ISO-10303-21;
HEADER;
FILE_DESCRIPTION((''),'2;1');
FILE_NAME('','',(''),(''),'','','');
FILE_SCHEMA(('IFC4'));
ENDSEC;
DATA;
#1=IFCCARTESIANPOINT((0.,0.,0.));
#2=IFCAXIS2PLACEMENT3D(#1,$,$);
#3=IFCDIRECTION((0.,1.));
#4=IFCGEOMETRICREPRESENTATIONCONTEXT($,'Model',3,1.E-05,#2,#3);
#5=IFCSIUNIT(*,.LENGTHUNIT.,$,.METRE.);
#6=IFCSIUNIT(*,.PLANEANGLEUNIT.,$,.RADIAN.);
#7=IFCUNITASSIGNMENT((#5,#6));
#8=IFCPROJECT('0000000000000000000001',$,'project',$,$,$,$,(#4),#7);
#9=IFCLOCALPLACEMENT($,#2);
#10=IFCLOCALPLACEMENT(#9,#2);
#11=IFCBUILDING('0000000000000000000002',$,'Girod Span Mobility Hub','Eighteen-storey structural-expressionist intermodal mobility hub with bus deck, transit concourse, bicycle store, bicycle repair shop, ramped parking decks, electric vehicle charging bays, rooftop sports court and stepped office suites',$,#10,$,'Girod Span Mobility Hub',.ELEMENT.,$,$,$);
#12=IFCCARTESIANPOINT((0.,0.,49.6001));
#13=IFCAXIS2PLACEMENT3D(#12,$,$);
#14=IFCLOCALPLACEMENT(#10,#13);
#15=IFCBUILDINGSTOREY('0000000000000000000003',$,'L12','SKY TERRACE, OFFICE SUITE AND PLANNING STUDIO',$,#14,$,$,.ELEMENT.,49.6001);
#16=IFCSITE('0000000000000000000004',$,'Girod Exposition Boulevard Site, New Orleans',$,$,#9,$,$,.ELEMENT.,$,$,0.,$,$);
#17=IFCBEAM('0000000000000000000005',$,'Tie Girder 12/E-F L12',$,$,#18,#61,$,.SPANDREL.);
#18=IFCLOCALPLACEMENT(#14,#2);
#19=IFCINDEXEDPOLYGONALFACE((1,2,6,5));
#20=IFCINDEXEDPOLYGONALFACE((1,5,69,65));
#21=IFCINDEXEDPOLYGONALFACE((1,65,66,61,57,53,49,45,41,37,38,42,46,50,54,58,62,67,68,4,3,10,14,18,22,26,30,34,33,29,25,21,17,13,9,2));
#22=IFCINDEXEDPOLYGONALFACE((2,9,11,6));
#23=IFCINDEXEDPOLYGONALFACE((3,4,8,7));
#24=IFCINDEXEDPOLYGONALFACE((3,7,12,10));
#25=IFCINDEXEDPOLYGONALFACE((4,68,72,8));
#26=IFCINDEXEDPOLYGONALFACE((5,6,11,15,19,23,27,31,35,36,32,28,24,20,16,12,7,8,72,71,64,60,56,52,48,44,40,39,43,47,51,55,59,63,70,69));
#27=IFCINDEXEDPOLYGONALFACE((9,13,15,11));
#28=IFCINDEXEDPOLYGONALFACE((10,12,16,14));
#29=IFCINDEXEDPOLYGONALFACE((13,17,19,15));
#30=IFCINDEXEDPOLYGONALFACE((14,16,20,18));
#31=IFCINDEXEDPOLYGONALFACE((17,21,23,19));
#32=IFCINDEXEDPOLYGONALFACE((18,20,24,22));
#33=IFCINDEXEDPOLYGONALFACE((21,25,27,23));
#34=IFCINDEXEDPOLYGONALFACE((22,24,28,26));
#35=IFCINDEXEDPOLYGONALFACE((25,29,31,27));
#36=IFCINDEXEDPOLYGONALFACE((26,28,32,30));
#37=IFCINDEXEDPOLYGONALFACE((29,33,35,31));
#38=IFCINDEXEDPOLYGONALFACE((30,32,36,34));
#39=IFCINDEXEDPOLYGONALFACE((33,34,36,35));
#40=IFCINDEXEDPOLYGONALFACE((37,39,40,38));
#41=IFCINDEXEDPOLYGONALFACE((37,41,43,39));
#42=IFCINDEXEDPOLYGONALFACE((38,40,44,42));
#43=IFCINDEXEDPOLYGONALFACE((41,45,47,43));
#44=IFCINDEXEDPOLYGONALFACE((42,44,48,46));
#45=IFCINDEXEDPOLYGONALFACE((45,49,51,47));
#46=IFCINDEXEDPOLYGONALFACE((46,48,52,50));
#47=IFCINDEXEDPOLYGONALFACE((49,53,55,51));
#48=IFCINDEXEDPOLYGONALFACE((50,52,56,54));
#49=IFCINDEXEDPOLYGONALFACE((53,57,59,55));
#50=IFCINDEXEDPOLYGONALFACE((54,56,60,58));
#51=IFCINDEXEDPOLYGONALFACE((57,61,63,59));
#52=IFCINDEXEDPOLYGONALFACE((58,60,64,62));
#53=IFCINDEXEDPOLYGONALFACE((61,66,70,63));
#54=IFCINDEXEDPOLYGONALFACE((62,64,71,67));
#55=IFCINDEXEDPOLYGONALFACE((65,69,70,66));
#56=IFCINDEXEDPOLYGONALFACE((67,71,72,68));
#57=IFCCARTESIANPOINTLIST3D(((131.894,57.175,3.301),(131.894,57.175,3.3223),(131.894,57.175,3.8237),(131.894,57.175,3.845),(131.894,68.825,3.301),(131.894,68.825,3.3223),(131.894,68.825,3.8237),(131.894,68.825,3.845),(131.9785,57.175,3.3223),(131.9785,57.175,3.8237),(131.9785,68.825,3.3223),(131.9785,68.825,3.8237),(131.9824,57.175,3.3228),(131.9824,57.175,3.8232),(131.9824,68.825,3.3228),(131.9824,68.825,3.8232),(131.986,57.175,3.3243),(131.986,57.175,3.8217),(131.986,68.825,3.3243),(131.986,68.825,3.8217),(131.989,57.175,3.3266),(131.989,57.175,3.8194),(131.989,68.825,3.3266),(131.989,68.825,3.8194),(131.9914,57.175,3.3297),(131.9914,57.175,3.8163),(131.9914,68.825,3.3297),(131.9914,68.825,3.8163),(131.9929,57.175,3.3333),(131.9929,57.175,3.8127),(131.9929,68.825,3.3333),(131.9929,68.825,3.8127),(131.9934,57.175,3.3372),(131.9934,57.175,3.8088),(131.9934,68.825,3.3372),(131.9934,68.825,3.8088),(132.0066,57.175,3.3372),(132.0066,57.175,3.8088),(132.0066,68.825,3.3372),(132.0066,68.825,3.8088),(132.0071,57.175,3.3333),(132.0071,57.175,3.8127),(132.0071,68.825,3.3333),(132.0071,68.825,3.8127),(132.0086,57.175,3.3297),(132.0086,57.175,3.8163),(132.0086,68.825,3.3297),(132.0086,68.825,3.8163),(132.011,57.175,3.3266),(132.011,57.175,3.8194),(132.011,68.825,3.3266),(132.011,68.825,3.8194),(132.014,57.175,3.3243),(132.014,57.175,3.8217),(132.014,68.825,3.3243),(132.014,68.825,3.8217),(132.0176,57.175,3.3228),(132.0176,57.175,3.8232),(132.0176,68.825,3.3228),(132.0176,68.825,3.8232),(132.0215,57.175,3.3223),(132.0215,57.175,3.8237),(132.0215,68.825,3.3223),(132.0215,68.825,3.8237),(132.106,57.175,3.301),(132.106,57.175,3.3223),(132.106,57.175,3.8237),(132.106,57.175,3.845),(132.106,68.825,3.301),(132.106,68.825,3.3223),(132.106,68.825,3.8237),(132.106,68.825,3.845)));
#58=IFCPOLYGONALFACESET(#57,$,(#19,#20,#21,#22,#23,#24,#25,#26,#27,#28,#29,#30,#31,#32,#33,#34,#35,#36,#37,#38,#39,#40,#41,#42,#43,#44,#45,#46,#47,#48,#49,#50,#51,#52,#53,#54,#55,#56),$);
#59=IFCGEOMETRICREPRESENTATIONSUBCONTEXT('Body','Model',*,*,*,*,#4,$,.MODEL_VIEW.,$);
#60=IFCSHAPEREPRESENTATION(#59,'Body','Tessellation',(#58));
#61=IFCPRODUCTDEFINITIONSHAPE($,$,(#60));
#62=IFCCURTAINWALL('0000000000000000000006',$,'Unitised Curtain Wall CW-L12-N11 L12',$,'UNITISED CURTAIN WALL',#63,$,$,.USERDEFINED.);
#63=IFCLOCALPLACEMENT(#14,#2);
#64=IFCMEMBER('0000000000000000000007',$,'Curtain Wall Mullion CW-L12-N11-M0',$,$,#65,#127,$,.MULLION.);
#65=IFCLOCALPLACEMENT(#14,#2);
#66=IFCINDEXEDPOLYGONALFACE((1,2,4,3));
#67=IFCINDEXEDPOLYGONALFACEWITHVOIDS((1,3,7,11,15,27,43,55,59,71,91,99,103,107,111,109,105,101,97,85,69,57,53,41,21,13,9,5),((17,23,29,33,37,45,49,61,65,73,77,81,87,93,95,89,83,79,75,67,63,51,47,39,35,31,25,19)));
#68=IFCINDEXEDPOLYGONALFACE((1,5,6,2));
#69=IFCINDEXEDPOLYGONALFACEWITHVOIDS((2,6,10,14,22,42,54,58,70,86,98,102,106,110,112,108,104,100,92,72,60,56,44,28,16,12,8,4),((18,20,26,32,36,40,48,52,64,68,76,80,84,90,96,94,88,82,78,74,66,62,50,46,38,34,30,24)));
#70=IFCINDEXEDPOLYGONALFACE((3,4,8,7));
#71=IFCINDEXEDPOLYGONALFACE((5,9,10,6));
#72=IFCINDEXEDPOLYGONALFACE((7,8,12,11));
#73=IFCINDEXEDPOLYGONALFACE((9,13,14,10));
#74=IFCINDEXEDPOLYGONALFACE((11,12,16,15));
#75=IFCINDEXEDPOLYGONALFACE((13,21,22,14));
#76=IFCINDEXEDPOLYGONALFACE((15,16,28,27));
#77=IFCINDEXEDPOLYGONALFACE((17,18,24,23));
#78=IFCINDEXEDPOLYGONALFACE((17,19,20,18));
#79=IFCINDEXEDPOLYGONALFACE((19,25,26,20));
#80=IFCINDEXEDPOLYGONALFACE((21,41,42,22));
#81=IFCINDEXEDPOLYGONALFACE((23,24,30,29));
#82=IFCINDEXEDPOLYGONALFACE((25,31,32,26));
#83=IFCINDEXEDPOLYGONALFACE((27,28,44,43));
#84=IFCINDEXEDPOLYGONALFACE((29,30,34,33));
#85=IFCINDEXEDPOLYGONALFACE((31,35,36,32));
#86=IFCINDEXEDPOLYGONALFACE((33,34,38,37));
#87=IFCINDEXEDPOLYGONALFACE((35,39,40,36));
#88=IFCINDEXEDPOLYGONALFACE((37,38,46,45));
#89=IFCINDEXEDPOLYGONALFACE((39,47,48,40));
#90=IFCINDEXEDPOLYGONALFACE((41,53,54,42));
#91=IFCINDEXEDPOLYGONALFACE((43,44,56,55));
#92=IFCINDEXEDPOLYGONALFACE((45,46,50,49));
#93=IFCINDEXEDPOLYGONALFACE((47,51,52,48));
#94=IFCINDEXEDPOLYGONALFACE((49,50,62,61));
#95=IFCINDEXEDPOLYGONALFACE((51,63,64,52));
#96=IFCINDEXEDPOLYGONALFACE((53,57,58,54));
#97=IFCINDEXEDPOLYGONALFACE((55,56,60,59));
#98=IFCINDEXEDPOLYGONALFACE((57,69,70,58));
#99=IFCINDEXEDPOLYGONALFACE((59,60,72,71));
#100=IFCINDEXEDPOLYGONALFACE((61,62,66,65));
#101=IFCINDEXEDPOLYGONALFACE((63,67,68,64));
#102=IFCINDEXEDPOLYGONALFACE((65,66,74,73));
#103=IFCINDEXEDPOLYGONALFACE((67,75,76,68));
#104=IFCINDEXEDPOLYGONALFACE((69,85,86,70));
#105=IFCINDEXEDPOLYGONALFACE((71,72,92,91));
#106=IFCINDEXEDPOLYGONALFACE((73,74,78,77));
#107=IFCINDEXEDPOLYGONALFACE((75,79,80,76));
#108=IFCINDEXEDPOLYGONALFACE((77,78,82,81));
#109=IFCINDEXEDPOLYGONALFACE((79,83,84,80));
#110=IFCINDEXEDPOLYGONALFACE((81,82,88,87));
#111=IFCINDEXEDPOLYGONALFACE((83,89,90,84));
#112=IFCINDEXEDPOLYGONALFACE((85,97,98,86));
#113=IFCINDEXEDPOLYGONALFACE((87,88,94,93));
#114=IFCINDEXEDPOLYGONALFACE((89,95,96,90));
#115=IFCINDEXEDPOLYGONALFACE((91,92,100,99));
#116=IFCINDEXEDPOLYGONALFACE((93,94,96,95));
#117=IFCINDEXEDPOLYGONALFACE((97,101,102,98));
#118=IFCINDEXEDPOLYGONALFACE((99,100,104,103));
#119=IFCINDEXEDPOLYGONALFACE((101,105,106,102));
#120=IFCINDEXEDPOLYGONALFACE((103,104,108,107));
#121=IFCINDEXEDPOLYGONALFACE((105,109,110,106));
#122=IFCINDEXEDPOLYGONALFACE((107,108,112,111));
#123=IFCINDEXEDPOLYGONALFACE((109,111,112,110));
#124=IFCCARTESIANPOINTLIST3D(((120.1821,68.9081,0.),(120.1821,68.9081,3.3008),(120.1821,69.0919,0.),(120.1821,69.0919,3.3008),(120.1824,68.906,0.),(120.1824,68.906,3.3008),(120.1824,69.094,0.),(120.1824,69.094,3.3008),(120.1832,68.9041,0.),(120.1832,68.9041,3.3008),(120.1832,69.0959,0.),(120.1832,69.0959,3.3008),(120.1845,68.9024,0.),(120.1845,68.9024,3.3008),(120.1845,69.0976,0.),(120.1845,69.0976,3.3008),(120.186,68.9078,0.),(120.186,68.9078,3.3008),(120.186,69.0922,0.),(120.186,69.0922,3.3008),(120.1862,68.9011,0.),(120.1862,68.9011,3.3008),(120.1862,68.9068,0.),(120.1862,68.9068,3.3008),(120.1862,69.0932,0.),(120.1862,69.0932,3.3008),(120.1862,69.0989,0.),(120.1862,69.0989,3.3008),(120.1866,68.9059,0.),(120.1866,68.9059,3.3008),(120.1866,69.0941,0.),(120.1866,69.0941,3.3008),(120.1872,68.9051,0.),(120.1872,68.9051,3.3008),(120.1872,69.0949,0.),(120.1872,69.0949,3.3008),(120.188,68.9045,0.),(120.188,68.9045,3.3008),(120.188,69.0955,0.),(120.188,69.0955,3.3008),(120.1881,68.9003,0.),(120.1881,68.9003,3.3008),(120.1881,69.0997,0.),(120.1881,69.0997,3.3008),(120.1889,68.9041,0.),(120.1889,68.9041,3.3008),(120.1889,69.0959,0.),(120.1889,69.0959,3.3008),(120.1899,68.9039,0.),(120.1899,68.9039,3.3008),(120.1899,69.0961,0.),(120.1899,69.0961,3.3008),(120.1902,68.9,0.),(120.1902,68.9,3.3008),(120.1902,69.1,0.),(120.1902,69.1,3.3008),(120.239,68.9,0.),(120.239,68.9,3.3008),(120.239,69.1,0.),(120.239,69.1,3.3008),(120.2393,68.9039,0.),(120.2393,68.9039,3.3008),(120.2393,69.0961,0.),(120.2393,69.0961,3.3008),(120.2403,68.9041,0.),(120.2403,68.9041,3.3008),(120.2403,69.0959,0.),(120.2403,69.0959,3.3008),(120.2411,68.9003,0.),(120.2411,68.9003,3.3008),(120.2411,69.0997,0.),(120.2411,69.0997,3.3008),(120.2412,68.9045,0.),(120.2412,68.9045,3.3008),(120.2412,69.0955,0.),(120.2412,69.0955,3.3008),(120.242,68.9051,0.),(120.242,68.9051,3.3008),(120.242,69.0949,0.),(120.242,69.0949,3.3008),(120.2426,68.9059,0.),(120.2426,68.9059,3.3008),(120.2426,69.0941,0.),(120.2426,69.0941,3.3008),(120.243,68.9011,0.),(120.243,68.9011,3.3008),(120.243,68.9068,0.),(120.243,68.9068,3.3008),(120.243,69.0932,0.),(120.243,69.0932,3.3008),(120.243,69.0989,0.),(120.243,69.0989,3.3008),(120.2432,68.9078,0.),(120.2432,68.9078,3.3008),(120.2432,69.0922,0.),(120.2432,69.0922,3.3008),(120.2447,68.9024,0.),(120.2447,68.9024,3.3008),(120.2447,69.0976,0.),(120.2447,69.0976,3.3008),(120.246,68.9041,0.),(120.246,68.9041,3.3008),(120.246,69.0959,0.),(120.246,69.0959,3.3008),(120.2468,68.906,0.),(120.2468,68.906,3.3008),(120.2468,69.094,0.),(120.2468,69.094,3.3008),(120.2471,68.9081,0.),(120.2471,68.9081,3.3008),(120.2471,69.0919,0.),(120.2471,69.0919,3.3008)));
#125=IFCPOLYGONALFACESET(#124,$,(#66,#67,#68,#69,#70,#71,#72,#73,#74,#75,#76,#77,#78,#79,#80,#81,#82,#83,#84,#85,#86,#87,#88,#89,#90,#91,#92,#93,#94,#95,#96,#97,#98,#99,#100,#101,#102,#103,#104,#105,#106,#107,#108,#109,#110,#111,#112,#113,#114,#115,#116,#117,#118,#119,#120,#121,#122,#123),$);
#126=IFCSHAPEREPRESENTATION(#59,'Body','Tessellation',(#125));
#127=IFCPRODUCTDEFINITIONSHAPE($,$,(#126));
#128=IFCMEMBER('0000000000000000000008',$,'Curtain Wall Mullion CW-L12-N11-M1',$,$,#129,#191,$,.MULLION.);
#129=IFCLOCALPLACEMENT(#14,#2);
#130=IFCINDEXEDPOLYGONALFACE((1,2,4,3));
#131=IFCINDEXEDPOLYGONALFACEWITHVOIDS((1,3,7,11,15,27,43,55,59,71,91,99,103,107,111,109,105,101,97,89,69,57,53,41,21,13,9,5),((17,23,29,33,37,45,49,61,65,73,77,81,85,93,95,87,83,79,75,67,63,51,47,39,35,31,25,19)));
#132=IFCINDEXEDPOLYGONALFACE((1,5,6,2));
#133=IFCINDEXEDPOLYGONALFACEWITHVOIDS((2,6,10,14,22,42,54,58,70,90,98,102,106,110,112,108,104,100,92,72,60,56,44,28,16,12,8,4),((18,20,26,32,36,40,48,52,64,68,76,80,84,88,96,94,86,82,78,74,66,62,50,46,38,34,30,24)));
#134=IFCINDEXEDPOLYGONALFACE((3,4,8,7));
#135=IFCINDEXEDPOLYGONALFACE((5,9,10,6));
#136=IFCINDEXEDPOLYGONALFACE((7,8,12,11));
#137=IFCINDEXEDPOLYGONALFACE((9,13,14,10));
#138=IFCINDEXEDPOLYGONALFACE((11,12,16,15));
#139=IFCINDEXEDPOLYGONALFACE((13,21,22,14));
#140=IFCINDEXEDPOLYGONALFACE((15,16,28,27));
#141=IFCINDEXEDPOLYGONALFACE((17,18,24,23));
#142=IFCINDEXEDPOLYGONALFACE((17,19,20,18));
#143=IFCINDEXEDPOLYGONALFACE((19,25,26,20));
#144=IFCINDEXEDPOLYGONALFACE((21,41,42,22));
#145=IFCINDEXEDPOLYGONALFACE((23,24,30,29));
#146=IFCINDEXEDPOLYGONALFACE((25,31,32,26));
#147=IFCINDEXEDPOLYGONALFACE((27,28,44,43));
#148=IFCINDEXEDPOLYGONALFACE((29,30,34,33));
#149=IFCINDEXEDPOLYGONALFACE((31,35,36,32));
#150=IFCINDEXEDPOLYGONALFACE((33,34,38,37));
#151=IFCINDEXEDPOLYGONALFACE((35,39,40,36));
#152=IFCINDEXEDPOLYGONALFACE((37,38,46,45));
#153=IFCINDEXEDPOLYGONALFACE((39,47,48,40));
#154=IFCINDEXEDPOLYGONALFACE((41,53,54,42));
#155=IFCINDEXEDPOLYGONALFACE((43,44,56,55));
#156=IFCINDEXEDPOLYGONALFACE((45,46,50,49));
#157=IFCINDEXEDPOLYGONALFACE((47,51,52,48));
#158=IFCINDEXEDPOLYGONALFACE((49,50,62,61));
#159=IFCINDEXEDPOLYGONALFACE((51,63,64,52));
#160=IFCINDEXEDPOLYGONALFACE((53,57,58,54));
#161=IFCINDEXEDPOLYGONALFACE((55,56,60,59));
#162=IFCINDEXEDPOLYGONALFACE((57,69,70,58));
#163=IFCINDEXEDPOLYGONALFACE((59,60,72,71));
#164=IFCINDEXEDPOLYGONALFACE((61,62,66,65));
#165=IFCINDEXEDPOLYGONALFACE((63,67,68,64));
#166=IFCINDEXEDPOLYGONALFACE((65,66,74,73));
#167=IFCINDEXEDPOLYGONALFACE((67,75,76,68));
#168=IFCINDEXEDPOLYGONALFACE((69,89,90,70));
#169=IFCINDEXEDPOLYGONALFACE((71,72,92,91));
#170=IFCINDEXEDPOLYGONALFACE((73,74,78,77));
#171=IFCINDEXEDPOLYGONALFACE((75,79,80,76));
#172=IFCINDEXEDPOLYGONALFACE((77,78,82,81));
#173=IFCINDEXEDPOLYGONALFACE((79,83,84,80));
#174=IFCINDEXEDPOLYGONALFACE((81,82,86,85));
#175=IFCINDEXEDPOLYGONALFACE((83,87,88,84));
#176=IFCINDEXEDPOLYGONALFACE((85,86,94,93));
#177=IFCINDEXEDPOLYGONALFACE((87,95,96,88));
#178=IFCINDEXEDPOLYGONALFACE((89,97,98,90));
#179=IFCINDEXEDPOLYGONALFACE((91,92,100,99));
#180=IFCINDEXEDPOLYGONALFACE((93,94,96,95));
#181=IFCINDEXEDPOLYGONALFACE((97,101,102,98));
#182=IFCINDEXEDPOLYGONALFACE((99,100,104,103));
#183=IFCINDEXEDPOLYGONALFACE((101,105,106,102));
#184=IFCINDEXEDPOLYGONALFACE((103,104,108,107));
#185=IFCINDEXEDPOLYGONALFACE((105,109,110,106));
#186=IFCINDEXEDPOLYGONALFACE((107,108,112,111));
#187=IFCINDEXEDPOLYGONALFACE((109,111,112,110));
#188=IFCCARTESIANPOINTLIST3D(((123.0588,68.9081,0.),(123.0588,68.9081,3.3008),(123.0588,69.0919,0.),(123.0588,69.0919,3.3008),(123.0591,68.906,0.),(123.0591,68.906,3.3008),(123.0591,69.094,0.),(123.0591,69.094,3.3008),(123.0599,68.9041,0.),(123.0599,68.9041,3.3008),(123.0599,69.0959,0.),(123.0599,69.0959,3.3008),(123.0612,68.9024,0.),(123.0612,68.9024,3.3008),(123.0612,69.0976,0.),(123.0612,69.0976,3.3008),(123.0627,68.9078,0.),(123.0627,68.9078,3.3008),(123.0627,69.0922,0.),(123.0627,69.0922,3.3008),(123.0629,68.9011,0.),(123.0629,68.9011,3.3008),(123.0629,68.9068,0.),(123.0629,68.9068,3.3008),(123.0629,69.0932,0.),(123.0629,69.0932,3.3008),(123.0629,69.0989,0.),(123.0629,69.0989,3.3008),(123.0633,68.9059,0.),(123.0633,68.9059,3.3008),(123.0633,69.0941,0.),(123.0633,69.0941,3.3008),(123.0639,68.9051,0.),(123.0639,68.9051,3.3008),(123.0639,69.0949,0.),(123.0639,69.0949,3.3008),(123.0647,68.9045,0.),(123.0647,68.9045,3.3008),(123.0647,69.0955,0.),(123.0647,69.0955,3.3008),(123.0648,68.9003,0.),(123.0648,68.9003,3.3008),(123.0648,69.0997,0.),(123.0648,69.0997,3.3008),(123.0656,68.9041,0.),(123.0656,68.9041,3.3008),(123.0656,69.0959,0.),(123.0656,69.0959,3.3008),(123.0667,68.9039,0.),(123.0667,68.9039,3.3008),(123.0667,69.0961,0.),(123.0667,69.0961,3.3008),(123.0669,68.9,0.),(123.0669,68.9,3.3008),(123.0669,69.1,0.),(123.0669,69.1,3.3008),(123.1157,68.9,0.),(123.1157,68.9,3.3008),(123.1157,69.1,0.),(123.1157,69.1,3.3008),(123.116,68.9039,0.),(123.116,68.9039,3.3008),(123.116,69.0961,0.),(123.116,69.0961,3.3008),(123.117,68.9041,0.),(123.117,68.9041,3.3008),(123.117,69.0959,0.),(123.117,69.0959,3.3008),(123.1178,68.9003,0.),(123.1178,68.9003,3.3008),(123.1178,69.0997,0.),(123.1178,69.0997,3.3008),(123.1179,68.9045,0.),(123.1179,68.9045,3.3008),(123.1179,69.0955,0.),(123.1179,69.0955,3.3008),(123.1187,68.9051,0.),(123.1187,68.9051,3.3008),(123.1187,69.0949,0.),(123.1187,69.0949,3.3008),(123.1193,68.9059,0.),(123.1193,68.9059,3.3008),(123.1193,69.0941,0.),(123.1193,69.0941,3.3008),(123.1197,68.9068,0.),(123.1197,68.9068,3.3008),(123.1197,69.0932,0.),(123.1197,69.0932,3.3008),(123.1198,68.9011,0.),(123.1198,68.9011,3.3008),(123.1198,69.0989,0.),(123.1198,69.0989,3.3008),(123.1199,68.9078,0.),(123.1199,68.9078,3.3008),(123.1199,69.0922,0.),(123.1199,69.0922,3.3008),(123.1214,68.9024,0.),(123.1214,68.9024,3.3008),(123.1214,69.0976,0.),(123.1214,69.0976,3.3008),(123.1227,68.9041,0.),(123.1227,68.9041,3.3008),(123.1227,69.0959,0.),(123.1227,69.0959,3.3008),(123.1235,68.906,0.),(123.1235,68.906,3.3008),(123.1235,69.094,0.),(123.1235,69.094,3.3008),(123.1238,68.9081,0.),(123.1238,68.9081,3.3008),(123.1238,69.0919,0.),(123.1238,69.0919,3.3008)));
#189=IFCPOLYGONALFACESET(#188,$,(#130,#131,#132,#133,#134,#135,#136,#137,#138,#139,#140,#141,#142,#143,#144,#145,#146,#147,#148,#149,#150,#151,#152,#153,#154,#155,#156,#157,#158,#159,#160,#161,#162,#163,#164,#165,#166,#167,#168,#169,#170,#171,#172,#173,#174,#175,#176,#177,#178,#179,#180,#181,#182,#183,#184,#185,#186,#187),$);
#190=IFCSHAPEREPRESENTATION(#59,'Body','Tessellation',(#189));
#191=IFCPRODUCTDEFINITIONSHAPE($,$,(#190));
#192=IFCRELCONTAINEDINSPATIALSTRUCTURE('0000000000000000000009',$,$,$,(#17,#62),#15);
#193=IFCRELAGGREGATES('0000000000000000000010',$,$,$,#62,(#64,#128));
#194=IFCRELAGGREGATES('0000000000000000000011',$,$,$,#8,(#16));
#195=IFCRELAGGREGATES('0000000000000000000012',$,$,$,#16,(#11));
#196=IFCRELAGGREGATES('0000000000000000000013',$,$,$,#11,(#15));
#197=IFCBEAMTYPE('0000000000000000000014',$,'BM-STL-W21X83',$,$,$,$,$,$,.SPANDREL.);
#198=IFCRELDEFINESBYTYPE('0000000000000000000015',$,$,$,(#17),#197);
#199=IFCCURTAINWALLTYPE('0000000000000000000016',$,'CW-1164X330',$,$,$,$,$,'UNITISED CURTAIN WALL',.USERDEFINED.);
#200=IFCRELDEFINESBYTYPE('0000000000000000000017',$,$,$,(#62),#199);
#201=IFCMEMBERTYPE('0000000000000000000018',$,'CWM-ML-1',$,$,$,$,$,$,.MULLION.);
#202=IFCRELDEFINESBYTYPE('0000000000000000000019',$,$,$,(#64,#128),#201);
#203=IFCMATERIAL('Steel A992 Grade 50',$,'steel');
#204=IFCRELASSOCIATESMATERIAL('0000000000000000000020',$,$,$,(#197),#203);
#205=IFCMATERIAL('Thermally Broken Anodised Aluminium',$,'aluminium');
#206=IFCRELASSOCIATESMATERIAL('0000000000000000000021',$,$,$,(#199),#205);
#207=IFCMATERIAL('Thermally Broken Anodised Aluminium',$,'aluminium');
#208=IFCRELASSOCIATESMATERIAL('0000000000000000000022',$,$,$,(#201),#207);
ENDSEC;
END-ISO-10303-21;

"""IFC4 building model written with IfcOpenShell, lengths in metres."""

from ifc_helpers import new_model, si_unit, direction, frame, origin, origin_2d, place, context, subcontext, project, spatial, hollow_rectangle, i_section, extrude, material, material_profile, profile_set, type_object, element, aggregate, save


model = new_model("IFC4")

# Units and contexts
model_context = context("Model", 3, precision=1e-05, world=origin(), true_north=direction((0.0, 1.0)))
body_context = subcontext(model_context, "Body", "Model", "MODEL_VIEW")
ifc_project = project(units=[si_unit("LENGTHUNIT", "METRE"), si_unit("PLANEANGLEUNIT", "RADIAN")], contexts=[model_context])

# Site, building, storey
site_placement = place(None, origin())
site = spatial("IfcSite", under=ifc_project, at=site_placement, Name="Girod Exposition Boulevard Site, New Orleans", CompositionType="ELEMENT", RefElevation=0.0)
building_placement = place(site_placement, origin())
building = spatial("IfcBuilding", under=site, at=building_placement, Name="Girod Span Mobility Hub", Description="Eighteen-storey structural-expressionist intermodal mobility hub with bus deck, transit concourse, bicycle store, bicycle repair shop, ramped parking decks, electric vehicle charging bays, rooftop sports court and stepped office suites", LongName="Girod Span Mobility Hub", CompositionType="ELEMENT")
storey_placement = place(building_placement, frame((0.0, 0.0, 49.6001)))
storey = spatial("IfcBuildingStorey", under=building, at=storey_placement, Name="L12", Description="SKY TERRACE, OFFICE SUITE AND PLANNING STUDIO", CompositionType="ELEMENT", Elevation=49.6001)

# Beam
ifc_material_1 = material(Name="Steel A992 Grade 50", Category="steel")
ifc_material_profile_1 = material_profile(ifc_material_1, i_section(OverallWidth=0.2119, OverallDepth=0.5439, WebThickness=0.0132, FlangeThickness=0.0212, FilletRadius=0.0149, at=origin_2d()), Name="W21X83")
ifc_profile_set_1 = profile_set([ifc_material_profile_1], Name="Steel A992 Grade 50")
beam_type_1 = type_object("IfcBeamType", Name="BM-STL-W21X83", PredefinedType="SPANDREL", material=ifc_profile_set_1)
beam_1_placement = place(storey_placement, frame((132.0, 57.175, 3.573), z_axis=(0.0, 1.0, 0.0), x_axis=(-1.0, 0.0, 0.0)))
element("IfcBeam", 1, at=beam_1_placement, inside=storey, type_object=beam_type_1, Name="Tie Girder 12/E-F L12", PredefinedType="SPANDREL", context=body_context, shape_type="SweptSolid", body=[
    extrude(i_section(OverallWidth=0.2119, OverallDepth=0.5439, WebThickness=0.0132, FlangeThickness=0.0212, FilletRadius=0.0149, at=origin_2d()), origin(), (0.0, 0.0, 1.0), 11.6499),
])

# Curtain wall, members
ifc_material_2 = material(Name="Thermally Broken Anodised Aluminium", Category="aluminium")
curtain_wall_type = type_object("IfcCurtainWallType", Name="CW-1164X330", ElementType="UNITISED CURTAIN WALL", PredefinedType="USERDEFINED", material=ifc_material_2)
curtain_wall_placement = place(storey_placement, origin())
curtain_wall = element("IfcCurtainWall", 2, at=curtain_wall_placement, inside=storey, type_object=curtain_wall_type, Name="Unitised Curtain Wall CW-L12-N11 L12", ObjectType="UNITISED CURTAIN WALL", PredefinedType="USERDEFINED")
ifc_material_3 = material(Name="Thermally Broken Anodised Aluminium", Category="aluminium")
ifc_material_profile_2 = material_profile(ifc_material_3, hollow_rectangle(XDim=0.2, YDim=0.0649, WallThickness=0.0039, InnerFilletRadius=0.0039, OuterFilletRadius=0.0081, at=origin_2d()), Name="CW-ML-65X200")
ifc_profile_set_2 = profile_set([ifc_material_profile_2], Name="Thermally Broken Anodised Aluminium")
member_type_1 = type_object("IfcMemberType", Name="CWM-ML-1", PredefinedType="MULLION", material=ifc_profile_set_2)
member_1_placement = place(storey_placement, frame((120.2146, 69.0, 0.0), z_axis=(0.0, 0.0, 1.0), x_axis=(0.0, 1.0, 0.0)))
member_1 = element("IfcMember", 3, at=member_1_placement, type_object=member_type_1, Name="Curtain Wall Mullion CW-L12-N11-M0", PredefinedType="MULLION", context=body_context, shape_type="SweptSolid", body=[
    extrude(hollow_rectangle(XDim=0.2, YDim=0.0649, WallThickness=0.0039, InnerFilletRadius=0.0039, OuterFilletRadius=0.0081, at=origin_2d()), origin(), (0.0, 0.0, 1.0), 3.3008),
])
member_2_placement = place(storey_placement, frame((123.0913, 69.0, 0.0), z_axis=(0.0, 0.0, 1.0), x_axis=(0.0, 1.0, 0.0)))
member_2 = element("IfcMember", 4, at=member_2_placement, type_object=member_type_1, Name="Curtain Wall Mullion CW-L12-N11-M1", PredefinedType="MULLION", context=body_context, shape_type="SweptSolid", body=[
    extrude(hollow_rectangle(XDim=0.2, YDim=0.0649, WallThickness=0.0039, InnerFilletRadius=0.0039, OuterFilletRadius=0.0081, at=origin_2d()), origin(), (0.0, 0.0, 1.0), 3.3008),
])
aggregate(curtain_wall, [member_1, member_2])

save(model, "model.ifc")
